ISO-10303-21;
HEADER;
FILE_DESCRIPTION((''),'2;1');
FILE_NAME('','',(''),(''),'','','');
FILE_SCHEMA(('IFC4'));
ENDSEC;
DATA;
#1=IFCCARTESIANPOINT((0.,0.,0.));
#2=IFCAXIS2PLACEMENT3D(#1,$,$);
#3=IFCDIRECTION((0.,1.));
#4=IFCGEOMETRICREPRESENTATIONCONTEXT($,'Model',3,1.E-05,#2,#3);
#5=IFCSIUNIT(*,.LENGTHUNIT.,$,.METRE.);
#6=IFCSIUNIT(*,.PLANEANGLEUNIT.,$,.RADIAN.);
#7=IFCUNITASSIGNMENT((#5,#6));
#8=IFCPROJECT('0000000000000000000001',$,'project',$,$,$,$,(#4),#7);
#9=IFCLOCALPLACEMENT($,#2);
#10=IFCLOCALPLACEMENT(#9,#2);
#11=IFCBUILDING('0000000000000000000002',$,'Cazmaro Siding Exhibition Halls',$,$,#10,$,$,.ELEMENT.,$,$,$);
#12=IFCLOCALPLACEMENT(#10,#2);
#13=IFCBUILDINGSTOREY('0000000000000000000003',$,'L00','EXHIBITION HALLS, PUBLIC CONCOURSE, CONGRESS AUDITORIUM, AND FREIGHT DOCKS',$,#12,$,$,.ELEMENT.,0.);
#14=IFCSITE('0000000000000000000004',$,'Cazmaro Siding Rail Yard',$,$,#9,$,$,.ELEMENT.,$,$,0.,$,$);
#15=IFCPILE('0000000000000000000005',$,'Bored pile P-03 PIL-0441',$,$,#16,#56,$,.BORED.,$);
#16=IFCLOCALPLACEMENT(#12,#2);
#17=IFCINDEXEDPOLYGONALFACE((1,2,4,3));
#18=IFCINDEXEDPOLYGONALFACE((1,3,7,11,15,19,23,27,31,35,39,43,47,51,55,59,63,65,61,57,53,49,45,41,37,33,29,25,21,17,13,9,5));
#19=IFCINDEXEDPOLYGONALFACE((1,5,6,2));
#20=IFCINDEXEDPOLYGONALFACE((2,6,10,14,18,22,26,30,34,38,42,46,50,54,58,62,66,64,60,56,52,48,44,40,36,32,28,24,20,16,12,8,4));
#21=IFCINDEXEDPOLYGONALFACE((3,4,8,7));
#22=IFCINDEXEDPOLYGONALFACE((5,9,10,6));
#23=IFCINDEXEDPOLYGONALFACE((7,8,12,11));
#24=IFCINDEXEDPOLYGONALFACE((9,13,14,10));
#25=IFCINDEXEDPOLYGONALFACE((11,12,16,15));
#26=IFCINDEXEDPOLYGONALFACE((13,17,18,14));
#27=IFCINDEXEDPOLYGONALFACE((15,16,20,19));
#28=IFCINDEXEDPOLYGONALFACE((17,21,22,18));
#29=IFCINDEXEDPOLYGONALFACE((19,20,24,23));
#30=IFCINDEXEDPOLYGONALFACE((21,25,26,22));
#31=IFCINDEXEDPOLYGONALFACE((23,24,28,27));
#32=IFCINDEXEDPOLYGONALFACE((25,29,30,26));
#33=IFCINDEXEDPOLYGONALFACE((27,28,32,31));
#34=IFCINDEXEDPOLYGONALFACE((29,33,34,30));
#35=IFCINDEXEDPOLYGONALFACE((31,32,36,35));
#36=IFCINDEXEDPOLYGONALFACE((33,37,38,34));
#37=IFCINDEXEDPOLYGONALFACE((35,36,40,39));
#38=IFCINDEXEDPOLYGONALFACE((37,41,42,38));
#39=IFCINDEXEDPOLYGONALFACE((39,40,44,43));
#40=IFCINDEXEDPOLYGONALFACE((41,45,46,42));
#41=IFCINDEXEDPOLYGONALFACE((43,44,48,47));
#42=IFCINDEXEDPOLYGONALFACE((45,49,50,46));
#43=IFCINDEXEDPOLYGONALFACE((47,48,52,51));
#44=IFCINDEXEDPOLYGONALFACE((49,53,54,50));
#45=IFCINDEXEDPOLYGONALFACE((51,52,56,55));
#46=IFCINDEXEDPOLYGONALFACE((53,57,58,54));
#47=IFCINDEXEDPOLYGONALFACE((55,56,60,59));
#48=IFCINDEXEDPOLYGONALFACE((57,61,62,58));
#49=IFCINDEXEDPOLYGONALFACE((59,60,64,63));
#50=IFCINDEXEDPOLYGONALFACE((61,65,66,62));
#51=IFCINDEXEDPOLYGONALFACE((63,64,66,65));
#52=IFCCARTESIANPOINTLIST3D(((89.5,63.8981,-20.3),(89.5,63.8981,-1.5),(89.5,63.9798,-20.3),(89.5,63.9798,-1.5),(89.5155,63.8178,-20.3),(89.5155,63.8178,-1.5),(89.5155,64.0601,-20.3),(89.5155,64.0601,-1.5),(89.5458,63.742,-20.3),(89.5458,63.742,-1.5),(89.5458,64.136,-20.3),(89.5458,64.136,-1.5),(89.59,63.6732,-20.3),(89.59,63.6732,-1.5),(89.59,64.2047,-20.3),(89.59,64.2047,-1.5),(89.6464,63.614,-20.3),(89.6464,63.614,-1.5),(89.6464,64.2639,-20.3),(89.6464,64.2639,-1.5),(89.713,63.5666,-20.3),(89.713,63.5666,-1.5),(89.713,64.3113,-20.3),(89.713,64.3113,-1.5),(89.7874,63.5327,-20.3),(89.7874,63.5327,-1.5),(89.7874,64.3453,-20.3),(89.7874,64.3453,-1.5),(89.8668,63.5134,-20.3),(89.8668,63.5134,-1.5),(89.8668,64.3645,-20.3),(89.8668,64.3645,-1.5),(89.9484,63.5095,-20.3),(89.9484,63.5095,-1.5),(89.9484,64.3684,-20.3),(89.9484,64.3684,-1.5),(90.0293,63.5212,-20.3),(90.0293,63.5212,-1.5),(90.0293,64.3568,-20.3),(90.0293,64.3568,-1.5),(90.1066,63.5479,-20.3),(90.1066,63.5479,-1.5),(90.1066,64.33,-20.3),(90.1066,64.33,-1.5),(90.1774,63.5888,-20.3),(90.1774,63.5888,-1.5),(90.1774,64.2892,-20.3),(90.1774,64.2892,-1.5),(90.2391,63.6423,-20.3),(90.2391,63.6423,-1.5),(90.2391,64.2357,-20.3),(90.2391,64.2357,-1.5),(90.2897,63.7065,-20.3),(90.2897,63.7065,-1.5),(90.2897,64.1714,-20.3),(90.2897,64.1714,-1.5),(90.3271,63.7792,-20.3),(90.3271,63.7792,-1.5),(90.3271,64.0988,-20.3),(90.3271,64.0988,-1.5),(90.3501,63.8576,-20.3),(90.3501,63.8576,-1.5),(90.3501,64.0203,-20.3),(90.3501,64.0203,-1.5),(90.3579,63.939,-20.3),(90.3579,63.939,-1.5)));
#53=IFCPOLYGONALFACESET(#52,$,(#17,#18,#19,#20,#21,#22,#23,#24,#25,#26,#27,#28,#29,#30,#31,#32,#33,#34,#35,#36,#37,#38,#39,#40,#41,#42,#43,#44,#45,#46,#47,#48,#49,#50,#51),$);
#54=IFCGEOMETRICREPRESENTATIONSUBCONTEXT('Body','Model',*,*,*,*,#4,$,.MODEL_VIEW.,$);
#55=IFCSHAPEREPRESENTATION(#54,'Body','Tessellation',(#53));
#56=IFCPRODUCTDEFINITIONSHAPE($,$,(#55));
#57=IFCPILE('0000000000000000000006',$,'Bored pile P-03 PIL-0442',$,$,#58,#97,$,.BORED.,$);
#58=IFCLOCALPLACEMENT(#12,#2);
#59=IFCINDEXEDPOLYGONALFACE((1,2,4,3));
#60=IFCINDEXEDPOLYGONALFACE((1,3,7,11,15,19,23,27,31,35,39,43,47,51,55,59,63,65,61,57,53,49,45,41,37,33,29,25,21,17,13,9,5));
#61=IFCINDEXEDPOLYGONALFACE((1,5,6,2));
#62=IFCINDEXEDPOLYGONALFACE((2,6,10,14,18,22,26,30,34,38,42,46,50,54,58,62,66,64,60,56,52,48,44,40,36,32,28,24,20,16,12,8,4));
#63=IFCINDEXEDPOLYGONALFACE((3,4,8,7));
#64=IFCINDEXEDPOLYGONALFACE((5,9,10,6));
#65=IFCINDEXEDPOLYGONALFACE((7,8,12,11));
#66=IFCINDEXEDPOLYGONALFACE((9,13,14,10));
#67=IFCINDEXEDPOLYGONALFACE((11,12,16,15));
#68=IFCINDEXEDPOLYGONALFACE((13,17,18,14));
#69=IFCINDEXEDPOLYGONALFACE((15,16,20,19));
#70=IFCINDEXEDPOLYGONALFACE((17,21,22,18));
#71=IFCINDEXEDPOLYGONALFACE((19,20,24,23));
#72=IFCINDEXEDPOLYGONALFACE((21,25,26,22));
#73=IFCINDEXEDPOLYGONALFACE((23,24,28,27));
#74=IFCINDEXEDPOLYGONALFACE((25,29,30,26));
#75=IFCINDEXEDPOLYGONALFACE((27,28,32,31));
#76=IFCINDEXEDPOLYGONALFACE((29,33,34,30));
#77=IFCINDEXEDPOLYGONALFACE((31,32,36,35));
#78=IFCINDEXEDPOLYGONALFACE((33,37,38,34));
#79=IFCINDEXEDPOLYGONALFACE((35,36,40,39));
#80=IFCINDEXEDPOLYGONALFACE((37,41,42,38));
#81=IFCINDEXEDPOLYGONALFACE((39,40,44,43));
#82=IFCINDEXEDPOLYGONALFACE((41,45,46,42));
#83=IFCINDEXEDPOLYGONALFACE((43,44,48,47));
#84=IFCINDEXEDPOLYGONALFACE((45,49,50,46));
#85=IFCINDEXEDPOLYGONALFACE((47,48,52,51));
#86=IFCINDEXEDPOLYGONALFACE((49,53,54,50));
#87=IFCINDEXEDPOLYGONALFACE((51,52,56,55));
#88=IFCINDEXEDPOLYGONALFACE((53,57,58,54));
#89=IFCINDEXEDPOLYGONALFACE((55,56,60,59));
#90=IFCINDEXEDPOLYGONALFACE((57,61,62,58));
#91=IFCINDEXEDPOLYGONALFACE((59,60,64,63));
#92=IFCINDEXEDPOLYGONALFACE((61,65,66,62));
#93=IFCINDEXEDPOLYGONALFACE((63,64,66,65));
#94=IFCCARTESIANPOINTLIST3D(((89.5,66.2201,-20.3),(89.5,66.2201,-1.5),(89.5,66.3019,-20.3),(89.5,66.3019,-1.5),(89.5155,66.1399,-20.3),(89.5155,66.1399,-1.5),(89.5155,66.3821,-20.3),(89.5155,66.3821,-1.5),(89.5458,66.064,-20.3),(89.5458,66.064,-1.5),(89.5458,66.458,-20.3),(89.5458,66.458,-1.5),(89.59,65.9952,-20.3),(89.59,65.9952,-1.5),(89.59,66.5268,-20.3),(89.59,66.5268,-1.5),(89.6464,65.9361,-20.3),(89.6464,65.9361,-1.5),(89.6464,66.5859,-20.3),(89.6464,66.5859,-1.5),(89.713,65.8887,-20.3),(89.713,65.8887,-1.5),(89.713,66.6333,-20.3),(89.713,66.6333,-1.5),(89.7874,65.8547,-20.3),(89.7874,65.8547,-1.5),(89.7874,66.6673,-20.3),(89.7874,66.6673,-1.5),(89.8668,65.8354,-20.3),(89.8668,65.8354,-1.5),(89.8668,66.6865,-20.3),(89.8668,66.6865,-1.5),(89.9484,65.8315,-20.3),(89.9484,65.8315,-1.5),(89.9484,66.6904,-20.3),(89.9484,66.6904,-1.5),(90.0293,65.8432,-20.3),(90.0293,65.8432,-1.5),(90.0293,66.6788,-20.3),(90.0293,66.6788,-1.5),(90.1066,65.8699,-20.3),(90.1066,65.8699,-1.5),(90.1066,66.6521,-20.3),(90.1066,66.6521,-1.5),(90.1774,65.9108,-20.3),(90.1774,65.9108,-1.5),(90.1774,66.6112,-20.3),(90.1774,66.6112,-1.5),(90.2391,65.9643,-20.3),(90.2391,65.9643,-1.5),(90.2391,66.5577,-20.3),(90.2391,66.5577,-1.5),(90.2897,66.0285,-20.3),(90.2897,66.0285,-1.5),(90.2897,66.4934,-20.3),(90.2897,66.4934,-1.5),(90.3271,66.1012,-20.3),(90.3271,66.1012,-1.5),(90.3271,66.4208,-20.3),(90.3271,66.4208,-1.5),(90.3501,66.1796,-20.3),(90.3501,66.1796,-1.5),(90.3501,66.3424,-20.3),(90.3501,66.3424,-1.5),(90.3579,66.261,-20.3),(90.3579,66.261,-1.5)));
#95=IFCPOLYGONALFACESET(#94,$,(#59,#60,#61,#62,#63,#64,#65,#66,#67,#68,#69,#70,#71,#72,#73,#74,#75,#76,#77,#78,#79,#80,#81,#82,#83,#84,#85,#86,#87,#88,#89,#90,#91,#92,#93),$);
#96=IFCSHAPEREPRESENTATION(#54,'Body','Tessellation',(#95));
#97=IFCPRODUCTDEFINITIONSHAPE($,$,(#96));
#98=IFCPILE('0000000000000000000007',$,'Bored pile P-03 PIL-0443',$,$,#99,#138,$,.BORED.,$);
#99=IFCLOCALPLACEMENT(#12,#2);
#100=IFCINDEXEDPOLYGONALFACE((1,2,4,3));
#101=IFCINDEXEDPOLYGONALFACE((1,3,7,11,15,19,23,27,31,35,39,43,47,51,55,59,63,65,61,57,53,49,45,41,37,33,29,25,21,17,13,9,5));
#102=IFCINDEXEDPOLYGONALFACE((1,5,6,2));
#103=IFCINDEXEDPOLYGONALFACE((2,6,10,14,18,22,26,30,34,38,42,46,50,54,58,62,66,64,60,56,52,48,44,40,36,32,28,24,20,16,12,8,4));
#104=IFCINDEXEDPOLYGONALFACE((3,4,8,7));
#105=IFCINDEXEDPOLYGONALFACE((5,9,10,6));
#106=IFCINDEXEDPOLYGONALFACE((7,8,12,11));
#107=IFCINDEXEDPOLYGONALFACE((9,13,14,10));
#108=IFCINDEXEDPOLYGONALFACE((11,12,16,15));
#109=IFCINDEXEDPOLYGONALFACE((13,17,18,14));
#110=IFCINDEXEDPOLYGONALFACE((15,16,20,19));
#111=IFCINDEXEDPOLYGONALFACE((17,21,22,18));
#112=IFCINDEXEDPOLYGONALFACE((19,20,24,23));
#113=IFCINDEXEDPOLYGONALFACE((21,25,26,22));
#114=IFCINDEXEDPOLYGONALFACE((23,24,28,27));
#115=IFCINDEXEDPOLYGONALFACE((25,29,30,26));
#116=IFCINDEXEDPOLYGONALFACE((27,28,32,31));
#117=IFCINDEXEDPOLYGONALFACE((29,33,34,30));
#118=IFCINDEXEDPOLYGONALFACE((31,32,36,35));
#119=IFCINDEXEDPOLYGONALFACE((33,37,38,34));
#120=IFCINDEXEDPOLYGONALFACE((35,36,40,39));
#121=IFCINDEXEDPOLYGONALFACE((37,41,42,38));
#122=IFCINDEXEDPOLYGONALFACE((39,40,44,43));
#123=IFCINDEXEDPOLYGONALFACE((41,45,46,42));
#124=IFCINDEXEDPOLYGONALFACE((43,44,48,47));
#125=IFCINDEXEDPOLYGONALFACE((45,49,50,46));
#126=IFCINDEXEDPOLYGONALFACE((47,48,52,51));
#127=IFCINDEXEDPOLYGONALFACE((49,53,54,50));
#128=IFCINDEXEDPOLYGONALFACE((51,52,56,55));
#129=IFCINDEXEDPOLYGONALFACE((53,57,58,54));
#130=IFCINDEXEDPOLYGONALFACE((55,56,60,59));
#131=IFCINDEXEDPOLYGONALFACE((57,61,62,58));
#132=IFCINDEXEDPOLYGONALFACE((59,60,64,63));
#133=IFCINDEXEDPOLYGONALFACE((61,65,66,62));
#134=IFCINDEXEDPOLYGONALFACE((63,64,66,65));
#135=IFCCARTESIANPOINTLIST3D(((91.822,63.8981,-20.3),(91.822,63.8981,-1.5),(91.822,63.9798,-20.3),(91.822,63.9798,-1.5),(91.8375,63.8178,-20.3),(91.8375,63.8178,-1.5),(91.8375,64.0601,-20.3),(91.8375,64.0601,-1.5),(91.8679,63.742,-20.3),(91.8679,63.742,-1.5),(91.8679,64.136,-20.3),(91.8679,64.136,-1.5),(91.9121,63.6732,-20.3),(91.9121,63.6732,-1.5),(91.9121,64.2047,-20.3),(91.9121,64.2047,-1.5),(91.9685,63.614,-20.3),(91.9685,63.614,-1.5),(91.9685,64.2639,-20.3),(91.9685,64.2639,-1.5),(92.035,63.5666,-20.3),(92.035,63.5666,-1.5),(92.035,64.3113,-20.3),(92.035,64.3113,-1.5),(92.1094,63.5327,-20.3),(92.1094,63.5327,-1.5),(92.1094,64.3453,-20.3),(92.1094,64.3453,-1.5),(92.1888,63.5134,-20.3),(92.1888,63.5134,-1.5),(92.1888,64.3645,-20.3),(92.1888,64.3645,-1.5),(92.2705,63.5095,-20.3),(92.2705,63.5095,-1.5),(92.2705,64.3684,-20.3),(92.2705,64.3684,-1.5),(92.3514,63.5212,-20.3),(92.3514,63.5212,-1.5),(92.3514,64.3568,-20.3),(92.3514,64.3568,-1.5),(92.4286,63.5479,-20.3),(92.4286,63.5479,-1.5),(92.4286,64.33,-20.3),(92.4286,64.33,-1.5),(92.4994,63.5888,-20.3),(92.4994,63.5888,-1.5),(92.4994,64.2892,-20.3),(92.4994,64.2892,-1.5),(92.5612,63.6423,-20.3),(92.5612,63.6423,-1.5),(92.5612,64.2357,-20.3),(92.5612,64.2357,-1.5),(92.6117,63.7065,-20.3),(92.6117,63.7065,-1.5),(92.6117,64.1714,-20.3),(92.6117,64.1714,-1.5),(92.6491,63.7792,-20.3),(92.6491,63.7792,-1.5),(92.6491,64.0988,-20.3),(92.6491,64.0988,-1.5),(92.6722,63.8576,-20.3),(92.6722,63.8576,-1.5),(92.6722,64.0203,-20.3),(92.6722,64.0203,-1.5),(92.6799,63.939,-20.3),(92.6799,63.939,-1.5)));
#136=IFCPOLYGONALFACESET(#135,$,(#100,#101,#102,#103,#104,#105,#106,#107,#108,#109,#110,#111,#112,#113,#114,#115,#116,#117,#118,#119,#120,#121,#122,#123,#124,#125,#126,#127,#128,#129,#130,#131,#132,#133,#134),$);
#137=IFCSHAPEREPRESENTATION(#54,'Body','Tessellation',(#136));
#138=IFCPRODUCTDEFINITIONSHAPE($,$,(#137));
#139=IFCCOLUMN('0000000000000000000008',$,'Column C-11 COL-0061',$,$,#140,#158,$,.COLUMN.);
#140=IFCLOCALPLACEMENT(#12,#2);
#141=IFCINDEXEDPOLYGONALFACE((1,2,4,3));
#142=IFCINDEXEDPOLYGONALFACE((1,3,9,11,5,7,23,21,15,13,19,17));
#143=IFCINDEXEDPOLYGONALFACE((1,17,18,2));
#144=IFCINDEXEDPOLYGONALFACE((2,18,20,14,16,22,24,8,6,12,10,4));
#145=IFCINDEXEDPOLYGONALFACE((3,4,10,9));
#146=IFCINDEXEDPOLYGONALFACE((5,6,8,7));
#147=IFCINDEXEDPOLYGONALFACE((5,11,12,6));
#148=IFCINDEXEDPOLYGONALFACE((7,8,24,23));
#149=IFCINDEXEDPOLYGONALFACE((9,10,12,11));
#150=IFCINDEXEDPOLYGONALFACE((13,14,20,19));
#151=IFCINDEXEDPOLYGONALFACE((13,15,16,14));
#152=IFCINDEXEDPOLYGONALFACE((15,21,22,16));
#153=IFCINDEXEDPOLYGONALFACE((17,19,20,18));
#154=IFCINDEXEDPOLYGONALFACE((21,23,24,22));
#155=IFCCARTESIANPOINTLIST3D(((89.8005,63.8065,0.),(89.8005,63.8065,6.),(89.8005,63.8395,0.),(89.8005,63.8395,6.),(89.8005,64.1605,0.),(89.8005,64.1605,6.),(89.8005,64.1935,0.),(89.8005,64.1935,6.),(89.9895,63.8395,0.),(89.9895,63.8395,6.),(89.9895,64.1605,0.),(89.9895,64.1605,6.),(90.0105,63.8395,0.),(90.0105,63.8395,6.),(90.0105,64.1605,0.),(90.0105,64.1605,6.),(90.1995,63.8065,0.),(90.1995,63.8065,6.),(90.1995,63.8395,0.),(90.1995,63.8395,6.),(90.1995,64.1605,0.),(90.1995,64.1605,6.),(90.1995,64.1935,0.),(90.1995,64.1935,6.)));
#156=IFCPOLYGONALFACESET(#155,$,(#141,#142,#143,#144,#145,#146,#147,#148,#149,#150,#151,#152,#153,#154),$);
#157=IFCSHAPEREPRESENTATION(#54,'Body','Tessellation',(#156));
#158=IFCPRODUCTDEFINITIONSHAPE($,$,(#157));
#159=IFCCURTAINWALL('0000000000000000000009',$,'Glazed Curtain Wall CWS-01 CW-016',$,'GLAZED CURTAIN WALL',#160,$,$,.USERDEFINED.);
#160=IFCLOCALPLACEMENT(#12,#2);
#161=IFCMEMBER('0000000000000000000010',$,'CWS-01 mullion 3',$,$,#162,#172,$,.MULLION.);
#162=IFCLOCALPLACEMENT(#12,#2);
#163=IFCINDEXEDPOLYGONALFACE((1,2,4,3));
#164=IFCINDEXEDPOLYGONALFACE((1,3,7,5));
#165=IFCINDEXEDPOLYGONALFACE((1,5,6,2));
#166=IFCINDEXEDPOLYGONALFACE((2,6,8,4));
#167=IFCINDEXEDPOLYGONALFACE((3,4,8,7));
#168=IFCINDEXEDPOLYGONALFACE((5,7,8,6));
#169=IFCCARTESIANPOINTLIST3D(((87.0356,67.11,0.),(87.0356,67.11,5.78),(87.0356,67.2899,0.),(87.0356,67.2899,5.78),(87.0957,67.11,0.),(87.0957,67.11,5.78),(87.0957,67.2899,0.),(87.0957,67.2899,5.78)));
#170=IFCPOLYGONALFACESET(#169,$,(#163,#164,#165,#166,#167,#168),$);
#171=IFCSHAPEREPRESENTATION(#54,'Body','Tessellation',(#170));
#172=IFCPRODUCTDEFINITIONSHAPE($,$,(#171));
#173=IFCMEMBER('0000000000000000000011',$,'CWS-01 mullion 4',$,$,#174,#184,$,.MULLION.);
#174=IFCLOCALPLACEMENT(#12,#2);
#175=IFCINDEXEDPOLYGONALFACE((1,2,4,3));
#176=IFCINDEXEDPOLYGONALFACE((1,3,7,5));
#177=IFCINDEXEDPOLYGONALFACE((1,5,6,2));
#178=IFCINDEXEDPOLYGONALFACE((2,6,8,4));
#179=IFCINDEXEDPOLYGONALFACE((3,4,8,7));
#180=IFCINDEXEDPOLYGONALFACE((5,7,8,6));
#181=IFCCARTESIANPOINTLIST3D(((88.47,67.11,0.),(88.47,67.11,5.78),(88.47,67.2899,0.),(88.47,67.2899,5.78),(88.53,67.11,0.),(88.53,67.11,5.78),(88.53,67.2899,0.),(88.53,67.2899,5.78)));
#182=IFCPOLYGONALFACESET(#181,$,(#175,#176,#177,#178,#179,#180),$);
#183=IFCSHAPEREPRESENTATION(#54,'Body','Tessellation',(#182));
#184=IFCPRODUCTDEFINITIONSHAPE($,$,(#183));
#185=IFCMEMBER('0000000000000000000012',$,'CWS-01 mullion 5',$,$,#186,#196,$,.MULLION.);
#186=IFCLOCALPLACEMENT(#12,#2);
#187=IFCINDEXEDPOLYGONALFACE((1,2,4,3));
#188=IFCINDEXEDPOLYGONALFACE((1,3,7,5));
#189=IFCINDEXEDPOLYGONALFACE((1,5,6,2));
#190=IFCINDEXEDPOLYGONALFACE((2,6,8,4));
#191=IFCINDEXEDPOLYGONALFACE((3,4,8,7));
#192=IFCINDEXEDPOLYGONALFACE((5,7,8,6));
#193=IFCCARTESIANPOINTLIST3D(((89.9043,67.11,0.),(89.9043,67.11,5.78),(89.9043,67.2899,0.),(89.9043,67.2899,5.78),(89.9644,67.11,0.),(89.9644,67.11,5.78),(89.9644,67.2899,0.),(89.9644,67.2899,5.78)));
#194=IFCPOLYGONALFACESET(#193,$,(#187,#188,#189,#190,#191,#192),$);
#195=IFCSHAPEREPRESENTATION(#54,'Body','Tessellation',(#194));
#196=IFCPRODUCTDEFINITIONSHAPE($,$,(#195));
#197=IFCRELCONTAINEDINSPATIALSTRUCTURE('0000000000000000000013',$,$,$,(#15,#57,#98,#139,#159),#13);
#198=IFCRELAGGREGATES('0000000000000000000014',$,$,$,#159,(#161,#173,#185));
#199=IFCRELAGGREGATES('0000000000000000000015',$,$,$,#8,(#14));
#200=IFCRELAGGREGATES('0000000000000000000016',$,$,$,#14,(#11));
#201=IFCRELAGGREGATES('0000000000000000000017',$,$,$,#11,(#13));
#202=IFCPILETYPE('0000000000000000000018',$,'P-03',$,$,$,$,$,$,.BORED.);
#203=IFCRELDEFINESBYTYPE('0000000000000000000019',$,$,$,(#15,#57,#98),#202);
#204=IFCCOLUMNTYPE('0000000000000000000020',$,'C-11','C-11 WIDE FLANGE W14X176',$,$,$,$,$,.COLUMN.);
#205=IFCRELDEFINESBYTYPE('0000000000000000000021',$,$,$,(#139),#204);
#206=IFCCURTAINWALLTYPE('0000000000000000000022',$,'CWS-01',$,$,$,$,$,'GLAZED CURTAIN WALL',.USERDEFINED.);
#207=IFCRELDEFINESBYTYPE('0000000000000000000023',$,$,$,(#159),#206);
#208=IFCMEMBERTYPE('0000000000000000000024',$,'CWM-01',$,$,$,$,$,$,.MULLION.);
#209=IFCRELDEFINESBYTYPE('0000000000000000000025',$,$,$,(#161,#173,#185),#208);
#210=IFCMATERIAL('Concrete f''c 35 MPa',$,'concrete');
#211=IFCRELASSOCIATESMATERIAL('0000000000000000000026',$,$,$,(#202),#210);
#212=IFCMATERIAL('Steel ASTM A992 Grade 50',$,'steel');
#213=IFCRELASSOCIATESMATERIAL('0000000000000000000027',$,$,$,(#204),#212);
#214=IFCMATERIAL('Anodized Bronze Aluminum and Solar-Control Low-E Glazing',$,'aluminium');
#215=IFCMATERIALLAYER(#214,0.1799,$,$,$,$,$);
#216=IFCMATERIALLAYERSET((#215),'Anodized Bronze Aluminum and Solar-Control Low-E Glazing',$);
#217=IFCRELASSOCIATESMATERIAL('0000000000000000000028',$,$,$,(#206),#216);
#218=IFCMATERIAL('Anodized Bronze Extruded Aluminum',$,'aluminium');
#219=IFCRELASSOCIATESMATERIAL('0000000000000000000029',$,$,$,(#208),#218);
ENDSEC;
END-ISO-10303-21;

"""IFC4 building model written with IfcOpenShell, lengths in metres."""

from ifc_helpers import new_model, si_unit, direction, frame, origin, origin_2d, place, context, subcontext, project, spatial, rectangle, circle, i_section, extrude, material, layer, layer_set, material_profile, profile_set, type_object, element, aggregate, save


model = new_model("IFC4")

# Units and contexts
model_context = context("Model", 3, precision=1e-05, world=origin(), true_north=direction((0.0, 1.0)))
body_context = subcontext(model_context, "Body", "Model", "MODEL_VIEW")
ifc_project = project(units=[si_unit("LENGTHUNIT", "METRE"), si_unit("PLANEANGLEUNIT", "RADIAN")], contexts=[model_context])

# Site, building, storey
site_placement = place(None, origin())
site = spatial("IfcSite", under=ifc_project, at=site_placement, Name="Cazmaro Siding Rail Yard", CompositionType="ELEMENT", RefElevation=0.0)
building_placement = place(site_placement, origin())
building = spatial("IfcBuilding", under=site, at=building_placement, Name="Cazmaro Siding Exhibition Halls", CompositionType="ELEMENT")
storey_placement = place(building_placement, origin())
storey = spatial("IfcBuildingStorey", under=building, at=storey_placement, Name="L00", Description="EXHIBITION HALLS, PUBLIC CONCOURSE, CONGRESS AUDITORIUM, AND FREIGHT DOCKS", CompositionType="ELEMENT", Elevation=0.0)

# Piles
ifc_material_1 = material(Name="Concrete f'c 35 MPa", Category="concrete")
ifc_material_profile_1 = material_profile(ifc_material_1, circle(Radius=0.4299, at=origin_2d()), Name="CIDH-860")
ifc_profile_set_1 = profile_set([ifc_material_profile_1], Name="Concrete f'c 35 MPa")
pile_type = type_object("IfcPileType", Name="P-03", PredefinedType="BORED", material=ifc_profile_set_1)
for number, where, z_axis, x_axis, name in (
    (1, (89.928, 63.939, -1.5), (0.0, 0.0, -1.0), (1.0, 0.0, 0.0), "Bored pile P-03 PIL-0441"),
    (2, (89.928, 66.261, -1.5), (0.0, 0.0, -1.0), (1.0, 0.0, 0.0), "Bored pile P-03 PIL-0442"),
    (3, (92.25, 63.939, -1.5), (0.0, 0.0, -1.0), (1.0, 0.0, 0.0), "Bored pile P-03 PIL-0443"),
):
    element("IfcPile", number, at=place(storey_placement, frame(where, z_axis=z_axis, x_axis=x_axis)), inside=storey, type_object=pile_type, Name=name, PredefinedType="BORED", context=body_context, shape_type="SweptSolid", body=[
        extrude(circle(Radius=0.4299, at=origin_2d()), origin(), (0.0, 0.0, 1.0), 18.8),
    ])

# Column
ifc_material_2 = material(Name="Steel ASTM A992 Grade 50", Category="steel")
ifc_material_profile_2 = material_profile(ifc_material_2, i_section(OverallWidth=0.3989, OverallDepth=0.387, WebThickness=0.021, FlangeThickness=0.033, at=origin_2d()), Name="W14X176")
ifc_profile_set_2 = profile_set([ifc_material_profile_2], Name="Steel ASTM A992 Grade 50")
column_type = type_object("IfcColumnType", Name="C-11", Description="C-11 WIDE FLANGE W14X176", PredefinedType="COLUMN", material=ifc_profile_set_2)
column_placement = place(storey_placement, frame((90.0, 64.0, 0.0), z_axis=(0.0, 0.0, 1.0), x_axis=(1.0, 0.0, 0.0)))
element("IfcColumn", 4, at=column_placement, inside=storey, type_object=column_type, Name="Column C-11 COL-0061", PredefinedType="COLUMN", context=body_context, shape_type="SweptSolid", body=[
    extrude(i_section(OverallWidth=0.3989, OverallDepth=0.387, WebThickness=0.021, FlangeThickness=0.033, at=origin_2d()), origin(), (0.0, 0.0, 1.0), 6.0),
])

# Curtain wall, members
ifc_material_3 = material(Name="Anodized Bronze Aluminum and Solar-Control Low-E Glazing", Category="aluminium")
ifc_layer_1 = layer(ifc_material_3, 0.1799)
ifc_layer_set_1 = layer_set([ifc_layer_1], Name="Anodized Bronze Aluminum and Solar-Control Low-E Glazing")
curtain_wall_type = type_object("IfcCurtainWallType", Name="CWS-01", ElementType="GLAZED CURTAIN WALL", PredefinedType="USERDEFINED", material=ifc_layer_set_1)
curtain_wall_placement = place(storey_placement, origin())
curtain_wall = element("IfcCurtainWall", 5, at=curtain_wall_placement, inside=storey, type_object=curtain_wall_type, Name="Glazed Curtain Wall CWS-01 CW-016", ObjectType="GLAZED CURTAIN WALL", PredefinedType="USERDEFINED")
ifc_material_4 = material(Name="Anodized Bronze Extruded Aluminum", Category="aluminium")
ifc_material_profile_3 = material_profile(ifc_material_4, rectangle(XDim=0.1799, YDim=0.0601, at=origin_2d()), Name="CWM-01")
ifc_profile_set_3 = profile_set([ifc_material_profile_3], Name="Anodized Bronze Extruded Aluminum")
member_type_1 = type_object("IfcMemberType", Name="CWM-01", PredefinedType="MULLION", material=ifc_profile_set_3)
member_1_placement = place(storey_placement, frame((87.0657, 67.2, 0.0), z_axis=(0.0, 0.0, 1.0), x_axis=(0.0, 1.0, 0.0)))
member_1 = element("IfcMember", 6, at=member_1_placement, type_object=member_type_1, Name="CWS-01 mullion 3", PredefinedType="MULLION", context=body_context, shape_type="SweptSolid", body=[
    extrude(rectangle(XDim=0.1799, YDim=0.0601, at=origin_2d()), origin(), (0.0, 0.0, 1.0), 5.78),
])
member_2_placement = place(storey_placement, frame((88.5, 67.2, 0.0), z_axis=(0.0, 0.0, 1.0), x_axis=(0.0, 1.0, 0.0)))
member_2 = element("IfcMember", 7, at=member_2_placement, type_object=member_type_1, Name="CWS-01 mullion 4", PredefinedType="MULLION", context=body_context, shape_type="SweptSolid", body=[
    extrude(rectangle(XDim=0.1799, YDim=0.0601, at=origin_2d()), origin(), (0.0, 0.0, 1.0), 5.78),
])
member_3_placement = place(storey_placement, frame((89.9343, 67.2, 0.0), z_axis=(0.0, 0.0, 1.0), x_axis=(0.0, 1.0, 0.0)))
member_3 = element("IfcMember", 8, at=member_3_placement, type_object=member_type_1, Name="CWS-01 mullion 5", PredefinedType="MULLION", context=body_context, shape_type="SweptSolid", body=[
    extrude(rectangle(XDim=0.1799, YDim=0.0601, at=origin_2d()), origin(), (0.0, 0.0, 1.0), 5.78),
])
aggregate(curtain_wall, [member_1, member_2, member_3])

save(model, "model.ifc")
